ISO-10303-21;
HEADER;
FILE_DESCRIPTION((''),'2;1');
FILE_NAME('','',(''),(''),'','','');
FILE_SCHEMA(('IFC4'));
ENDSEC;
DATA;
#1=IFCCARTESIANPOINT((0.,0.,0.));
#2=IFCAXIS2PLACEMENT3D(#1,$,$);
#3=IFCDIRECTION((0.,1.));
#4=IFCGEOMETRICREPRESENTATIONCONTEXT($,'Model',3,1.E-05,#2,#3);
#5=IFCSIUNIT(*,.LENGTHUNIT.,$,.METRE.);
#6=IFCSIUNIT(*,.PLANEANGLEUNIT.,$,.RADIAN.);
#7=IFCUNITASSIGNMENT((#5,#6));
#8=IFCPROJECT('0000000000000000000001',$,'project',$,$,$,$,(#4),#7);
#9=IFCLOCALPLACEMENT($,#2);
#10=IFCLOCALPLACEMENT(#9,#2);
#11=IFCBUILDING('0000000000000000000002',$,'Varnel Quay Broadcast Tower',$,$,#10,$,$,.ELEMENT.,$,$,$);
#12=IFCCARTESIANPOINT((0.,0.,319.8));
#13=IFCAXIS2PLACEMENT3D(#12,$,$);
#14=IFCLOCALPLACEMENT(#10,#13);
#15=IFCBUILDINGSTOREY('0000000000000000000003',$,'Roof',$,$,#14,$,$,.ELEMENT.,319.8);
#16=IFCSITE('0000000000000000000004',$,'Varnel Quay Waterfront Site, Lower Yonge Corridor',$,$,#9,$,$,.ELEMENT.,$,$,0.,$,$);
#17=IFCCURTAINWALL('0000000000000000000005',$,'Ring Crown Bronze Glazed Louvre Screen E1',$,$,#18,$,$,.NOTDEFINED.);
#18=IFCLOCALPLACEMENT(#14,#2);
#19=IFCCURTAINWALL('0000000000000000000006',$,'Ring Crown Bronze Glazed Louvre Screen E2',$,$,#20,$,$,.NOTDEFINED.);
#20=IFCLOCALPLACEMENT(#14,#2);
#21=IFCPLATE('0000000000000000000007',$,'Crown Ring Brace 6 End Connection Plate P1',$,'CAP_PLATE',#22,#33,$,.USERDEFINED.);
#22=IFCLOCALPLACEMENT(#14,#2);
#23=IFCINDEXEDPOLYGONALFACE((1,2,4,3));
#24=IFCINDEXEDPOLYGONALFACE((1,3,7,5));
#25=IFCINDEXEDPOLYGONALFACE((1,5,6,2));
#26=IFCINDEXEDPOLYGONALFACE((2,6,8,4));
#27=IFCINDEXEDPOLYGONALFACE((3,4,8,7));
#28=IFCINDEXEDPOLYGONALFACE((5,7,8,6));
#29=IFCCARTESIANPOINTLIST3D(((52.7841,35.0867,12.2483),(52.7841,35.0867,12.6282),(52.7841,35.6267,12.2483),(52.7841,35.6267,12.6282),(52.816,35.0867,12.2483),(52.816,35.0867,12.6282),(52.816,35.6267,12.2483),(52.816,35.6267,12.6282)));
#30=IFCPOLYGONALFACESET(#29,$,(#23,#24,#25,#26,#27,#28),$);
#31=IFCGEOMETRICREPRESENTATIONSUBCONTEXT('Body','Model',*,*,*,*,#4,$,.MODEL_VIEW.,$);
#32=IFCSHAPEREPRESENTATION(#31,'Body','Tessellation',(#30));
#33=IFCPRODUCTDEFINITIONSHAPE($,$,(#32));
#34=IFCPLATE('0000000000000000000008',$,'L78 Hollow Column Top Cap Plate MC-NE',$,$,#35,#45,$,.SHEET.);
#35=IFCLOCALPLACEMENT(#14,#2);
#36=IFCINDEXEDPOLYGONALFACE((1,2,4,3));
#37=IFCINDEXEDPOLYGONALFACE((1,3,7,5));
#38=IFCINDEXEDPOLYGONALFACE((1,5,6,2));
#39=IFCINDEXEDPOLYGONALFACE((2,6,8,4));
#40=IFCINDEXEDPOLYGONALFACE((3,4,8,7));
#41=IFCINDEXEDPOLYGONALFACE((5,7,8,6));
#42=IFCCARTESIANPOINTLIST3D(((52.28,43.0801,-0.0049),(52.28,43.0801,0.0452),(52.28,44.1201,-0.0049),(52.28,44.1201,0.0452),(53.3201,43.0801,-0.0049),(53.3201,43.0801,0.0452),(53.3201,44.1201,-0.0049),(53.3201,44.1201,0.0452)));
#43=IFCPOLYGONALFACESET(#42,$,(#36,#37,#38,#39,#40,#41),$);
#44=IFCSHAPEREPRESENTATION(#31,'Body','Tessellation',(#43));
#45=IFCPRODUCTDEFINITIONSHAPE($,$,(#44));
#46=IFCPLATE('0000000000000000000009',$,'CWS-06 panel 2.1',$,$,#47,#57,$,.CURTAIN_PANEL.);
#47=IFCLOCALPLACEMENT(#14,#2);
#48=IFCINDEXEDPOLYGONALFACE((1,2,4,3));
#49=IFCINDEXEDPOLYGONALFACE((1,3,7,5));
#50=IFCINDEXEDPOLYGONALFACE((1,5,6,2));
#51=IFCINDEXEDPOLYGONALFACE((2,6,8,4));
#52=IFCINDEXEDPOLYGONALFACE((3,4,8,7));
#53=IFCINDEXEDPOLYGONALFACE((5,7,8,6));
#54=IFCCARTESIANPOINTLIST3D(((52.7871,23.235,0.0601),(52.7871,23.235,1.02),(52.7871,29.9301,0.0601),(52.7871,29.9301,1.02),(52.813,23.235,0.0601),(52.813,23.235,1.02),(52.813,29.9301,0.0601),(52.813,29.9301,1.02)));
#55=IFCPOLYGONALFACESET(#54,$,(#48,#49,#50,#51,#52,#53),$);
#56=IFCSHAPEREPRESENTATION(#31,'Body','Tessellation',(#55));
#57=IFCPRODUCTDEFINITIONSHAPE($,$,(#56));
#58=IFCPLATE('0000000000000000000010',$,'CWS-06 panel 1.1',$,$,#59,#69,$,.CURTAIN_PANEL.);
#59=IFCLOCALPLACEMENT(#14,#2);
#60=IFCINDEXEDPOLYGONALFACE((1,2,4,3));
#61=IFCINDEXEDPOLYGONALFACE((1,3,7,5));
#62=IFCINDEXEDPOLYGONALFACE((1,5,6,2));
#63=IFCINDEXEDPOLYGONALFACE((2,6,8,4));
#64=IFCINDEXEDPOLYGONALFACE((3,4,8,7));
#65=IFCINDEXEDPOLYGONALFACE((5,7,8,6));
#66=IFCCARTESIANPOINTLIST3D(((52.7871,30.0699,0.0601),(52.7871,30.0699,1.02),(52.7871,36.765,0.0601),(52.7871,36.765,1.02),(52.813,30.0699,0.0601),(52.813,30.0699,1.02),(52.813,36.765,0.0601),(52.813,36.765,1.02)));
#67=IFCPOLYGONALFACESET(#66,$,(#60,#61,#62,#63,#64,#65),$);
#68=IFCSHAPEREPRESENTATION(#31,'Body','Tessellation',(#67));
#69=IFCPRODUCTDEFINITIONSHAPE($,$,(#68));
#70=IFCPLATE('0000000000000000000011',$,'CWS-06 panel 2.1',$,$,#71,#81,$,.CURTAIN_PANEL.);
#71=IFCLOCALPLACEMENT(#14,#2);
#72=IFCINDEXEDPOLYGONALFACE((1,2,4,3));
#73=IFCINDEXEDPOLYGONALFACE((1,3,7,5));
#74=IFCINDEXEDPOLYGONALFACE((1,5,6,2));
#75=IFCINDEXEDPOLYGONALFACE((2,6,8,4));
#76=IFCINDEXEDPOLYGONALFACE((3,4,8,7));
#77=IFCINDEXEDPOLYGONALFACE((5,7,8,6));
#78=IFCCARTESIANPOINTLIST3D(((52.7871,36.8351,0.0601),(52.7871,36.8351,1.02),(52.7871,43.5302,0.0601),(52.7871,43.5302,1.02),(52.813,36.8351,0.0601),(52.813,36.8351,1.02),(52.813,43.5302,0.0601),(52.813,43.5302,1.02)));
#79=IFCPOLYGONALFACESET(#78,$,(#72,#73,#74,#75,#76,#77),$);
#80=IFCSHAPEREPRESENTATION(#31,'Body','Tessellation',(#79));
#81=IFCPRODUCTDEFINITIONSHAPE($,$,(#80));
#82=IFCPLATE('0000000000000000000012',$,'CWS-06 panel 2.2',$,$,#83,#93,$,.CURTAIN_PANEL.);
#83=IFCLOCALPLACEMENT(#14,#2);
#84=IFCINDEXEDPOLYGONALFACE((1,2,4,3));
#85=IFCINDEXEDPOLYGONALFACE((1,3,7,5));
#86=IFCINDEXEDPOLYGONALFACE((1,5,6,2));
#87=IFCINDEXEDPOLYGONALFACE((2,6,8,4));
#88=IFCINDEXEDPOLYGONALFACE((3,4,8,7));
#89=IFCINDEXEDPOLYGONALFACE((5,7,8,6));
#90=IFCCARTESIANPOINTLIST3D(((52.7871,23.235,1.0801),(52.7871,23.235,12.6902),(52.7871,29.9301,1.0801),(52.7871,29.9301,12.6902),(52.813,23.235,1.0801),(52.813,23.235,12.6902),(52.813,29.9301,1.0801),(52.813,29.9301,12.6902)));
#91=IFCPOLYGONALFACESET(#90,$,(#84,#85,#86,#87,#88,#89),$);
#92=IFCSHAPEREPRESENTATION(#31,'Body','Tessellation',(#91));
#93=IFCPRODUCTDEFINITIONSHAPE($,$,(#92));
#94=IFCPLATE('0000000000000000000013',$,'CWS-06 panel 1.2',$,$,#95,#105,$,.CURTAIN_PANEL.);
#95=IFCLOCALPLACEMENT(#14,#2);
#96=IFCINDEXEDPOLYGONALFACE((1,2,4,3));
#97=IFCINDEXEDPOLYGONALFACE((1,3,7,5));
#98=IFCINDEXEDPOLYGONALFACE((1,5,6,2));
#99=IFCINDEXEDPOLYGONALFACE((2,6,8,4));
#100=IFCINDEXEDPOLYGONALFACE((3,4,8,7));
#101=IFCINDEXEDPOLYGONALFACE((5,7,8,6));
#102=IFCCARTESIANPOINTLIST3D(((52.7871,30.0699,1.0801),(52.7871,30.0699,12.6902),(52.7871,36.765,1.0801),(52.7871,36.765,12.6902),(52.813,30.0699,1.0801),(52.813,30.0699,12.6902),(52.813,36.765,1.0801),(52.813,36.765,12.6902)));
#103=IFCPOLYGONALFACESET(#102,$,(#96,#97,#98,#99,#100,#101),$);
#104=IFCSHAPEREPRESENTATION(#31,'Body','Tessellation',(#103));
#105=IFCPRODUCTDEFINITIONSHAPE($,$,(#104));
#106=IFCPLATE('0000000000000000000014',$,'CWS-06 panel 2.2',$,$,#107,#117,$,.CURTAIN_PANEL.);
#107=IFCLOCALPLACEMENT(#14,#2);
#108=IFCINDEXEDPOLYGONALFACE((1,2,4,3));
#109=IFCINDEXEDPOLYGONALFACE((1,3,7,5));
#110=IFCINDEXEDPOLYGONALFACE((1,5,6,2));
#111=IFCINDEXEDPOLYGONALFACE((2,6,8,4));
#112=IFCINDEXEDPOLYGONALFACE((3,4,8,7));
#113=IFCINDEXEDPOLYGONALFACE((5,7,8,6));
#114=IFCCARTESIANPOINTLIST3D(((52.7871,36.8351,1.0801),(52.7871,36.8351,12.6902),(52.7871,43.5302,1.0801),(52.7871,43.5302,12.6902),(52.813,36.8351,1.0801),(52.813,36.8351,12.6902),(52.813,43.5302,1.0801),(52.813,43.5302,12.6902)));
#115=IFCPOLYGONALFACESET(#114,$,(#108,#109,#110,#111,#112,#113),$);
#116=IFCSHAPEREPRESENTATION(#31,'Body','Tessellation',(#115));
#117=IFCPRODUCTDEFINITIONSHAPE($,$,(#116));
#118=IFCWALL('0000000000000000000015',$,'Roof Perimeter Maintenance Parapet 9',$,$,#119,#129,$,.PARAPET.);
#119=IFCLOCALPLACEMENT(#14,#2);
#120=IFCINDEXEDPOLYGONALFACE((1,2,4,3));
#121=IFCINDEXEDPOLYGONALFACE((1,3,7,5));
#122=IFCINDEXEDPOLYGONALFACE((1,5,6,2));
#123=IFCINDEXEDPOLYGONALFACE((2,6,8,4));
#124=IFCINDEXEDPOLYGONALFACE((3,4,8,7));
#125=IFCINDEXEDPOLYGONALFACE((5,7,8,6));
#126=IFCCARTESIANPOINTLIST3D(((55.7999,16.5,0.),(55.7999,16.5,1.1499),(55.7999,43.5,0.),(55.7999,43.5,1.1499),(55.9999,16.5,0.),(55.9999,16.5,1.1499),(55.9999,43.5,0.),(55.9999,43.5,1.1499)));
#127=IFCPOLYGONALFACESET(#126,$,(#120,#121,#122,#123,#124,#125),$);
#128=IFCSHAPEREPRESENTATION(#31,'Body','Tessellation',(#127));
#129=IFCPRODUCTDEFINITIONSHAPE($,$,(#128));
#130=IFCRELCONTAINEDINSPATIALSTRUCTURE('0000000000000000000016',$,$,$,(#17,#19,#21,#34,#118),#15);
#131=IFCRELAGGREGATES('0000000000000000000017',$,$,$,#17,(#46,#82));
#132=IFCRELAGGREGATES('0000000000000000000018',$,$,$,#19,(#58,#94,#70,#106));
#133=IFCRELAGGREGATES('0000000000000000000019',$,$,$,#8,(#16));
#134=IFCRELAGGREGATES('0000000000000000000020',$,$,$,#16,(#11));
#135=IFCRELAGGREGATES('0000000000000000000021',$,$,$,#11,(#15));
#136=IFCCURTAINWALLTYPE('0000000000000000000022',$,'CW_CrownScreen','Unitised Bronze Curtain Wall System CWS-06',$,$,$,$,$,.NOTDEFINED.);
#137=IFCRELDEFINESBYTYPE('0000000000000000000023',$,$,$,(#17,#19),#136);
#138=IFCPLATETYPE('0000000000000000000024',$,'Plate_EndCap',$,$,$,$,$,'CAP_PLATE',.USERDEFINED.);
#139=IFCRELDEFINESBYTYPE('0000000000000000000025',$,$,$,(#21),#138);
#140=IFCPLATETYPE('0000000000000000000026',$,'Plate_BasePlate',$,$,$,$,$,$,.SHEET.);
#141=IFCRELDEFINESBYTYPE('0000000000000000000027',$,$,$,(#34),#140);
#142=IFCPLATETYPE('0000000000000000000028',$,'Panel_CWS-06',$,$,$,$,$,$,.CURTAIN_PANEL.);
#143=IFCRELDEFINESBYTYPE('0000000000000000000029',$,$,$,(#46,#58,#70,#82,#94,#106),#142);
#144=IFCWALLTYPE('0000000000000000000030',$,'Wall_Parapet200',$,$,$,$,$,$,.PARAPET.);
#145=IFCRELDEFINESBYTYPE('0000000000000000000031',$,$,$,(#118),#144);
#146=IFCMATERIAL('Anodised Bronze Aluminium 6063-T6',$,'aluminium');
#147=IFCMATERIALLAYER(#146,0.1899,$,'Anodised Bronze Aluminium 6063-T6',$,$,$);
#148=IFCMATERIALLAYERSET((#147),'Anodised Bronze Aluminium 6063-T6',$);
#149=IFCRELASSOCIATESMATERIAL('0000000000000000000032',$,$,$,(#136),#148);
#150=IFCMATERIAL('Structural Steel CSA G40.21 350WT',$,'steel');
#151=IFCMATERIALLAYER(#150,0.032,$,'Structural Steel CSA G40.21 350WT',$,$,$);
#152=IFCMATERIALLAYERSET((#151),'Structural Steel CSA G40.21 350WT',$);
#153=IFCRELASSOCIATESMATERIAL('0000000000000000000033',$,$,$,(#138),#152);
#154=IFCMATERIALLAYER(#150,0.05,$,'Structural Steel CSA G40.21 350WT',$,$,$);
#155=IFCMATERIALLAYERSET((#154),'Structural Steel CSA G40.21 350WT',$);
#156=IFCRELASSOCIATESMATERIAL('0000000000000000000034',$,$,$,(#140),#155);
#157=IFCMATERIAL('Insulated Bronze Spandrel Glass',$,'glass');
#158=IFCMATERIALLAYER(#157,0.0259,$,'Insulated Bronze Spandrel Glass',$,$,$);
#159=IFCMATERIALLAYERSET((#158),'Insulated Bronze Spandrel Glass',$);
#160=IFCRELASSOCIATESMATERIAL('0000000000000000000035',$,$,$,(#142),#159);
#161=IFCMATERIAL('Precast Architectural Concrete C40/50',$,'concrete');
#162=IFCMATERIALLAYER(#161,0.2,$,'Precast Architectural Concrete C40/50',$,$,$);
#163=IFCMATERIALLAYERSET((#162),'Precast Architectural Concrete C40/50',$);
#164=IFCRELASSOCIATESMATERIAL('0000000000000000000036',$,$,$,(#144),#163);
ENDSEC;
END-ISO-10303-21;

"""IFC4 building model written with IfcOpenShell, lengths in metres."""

from ifc_helpers import new_model, si_unit, direction, frame, frame_2d, origin, origin_2d, place, context, subcontext, project, spatial, rectangle, extrude, source, transform, mapped, material, layer, layer_set, type_object, type_shapes, element, aggregate, save


model = new_model("IFC4")

# Units and contexts
model_context = context("Model", 3, precision=1e-05, world=origin(), true_north=direction((0.0, 1.0)))
body_context = subcontext(model_context, "Body", "Model", "MODEL_VIEW")
ifc_project = project(units=[si_unit("LENGTHUNIT", "METRE"), si_unit("PLANEANGLEUNIT", "RADIAN")], contexts=[model_context])

# Site, building, storey
site_placement = place(None, origin())
site = spatial("IfcSite", under=ifc_project, at=site_placement, Name="Varnel Quay Waterfront Site, Lower Yonge Corridor", CompositionType="ELEMENT", RefElevation=0.0)
building_placement = place(site_placement, origin())
building = spatial("IfcBuilding", under=site, at=building_placement, Name="Varnel Quay Broadcast Tower", CompositionType="ELEMENT")
storey_placement = place(building_placement, frame((0.0, 0.0, 319.8)))
storey = spatial("IfcBuildingStorey", under=building, at=storey_placement, Name="Roof", CompositionType="ELEMENT", Elevation=319.8)

# Shared definitions
ifc_material_1 = material(Name="Structural Steel CSA G40.21 350WT", Category="steel")

# Curtain wall
ifc_material_2 = material(Name="Anodised Bronze Aluminium 6063-T6", Category="aluminium")
ifc_layer_1 = layer(ifc_material_2, 0.1899, Name="Anodised Bronze Aluminium 6063-T6")
ifc_layer_set_1 = layer_set([ifc_layer_1], Name="Anodised Bronze Aluminium 6063-T6")
curtain_wall_type = type_object("IfcCurtainWallType", Name="CW_CrownScreen", Description="Unitised Bronze Curtain Wall System CWS-06", PredefinedType="NOTDEFINED", material=ifc_layer_set_1)
curtain_wall_1_placement = place(storey_placement, origin())
curtain_wall_1 = element("IfcCurtainWall", 1, at=curtain_wall_1_placement, inside=storey, type_object=curtain_wall_type, Name="Ring Crown Bronze Glazed Louvre Screen E1", PredefinedType="NOTDEFINED")

# Curtain wall
curtain_wall_2_placement = place(storey_placement, origin())
curtain_wall_2 = element("IfcCurtainWall", 2, at=curtain_wall_2_placement, inside=storey, type_object=curtain_wall_type, Name="Ring Crown Bronze Glazed Louvre Screen E2", PredefinedType="NOTDEFINED")

# Plates
ifc_layer_2 = layer(ifc_material_1, 0.032, Name="Structural Steel CSA G40.21 350WT")
ifc_layer_set_2 = layer_set([ifc_layer_2], Name="Structural Steel CSA G40.21 350WT")
plate_type_1 = type_object("IfcPlateType", Name="Plate_EndCap", ElementType="CAP_PLATE", PredefinedType="USERDEFINED", material=ifc_layer_set_2)
shared_shape_1 = source(origin(), body_context, "Body", "SweptSolid", [
    extrude(rectangle(XDim=0.54, YDim=0.032, at=origin_2d()), origin(), (0.0, 0.0, 1.0), 0.3799),
])
type_shapes(plate_type_1, [shared_shape_1])
for number, where, z_axis, x_axis, name in (
    (3, (52.8, 35.3567, 12.2483), (0.0, 0.0, 1.0), (0.0, 1.0, 0.0), "Crown Ring Brace 6 End Connection Plate P1"),
):
    element("IfcPlate", number, at=place(storey_placement, frame(where, z_axis=z_axis, x_axis=x_axis)), inside=storey, type_object=plate_type_1, Name=name, ObjectType="CAP_PLATE", PredefinedType="USERDEFINED", context=body_context, shape_type="MappedRepresentation", body=[
        mapped(shared_shape_1, transform((0.0, 0.0, 0.0), x_axis=(1.0, 0.0, 0.0), y_axis=(0.0, 1.0, 0.0), z_axis=(0.0, 0.0, 1.0), scale=1.0)),
    ])
ifc_layer_3 = layer(ifc_material_1, 0.05, Name="Structural Steel CSA G40.21 350WT")
ifc_layer_set_3 = layer_set([ifc_layer_3], Name="Structural Steel CSA G40.21 350WT")
plate_type_2 = type_object("IfcPlateType", Name="Plate_BasePlate", PredefinedType="SHEET", material=ifc_layer_set_3)
shared_shape_2 = source(origin(), body_context, "Body", "SweptSolid", [
    extrude(rectangle(XDim=1.04, YDim=1.04, at=origin_2d()), origin(), (0.0, 0.0, 1.0), 0.05),
])
type_shapes(plate_type_2, [shared_shape_2])
plate_1_placement = place(storey_placement, frame((52.8, 43.6001, -0.0049), z_axis=(0.0, 0.0, 1.0), x_axis=(1.0, 0.0, 0.0)))
element("IfcPlate", 4, at=plate_1_placement, inside=storey, type_object=plate_type_2, Name="L78 Hollow Column Top Cap Plate MC-NE", PredefinedType="SHEET", context=body_context, shape_type="MappedRepresentation", body=[
    mapped(shared_shape_2, transform((0.0, 0.0, 0.0), x_axis=(1.0, 0.0, 0.0), y_axis=(0.0, 1.0, 0.0), z_axis=(0.0, 0.0, 1.0), scale=1.0)),
])

# Plates
ifc_material_3 = material(Name="Insulated Bronze Spandrel Glass", Category="glass")
ifc_layer_4 = layer(ifc_material_3, 0.0259, Name="Insulated Bronze Spandrel Glass")
ifc_layer_set_4 = layer_set([ifc_layer_4], Name="Insulated Bronze Spandrel Glass")
plate_type_3 = type_object("IfcPlateType", Name="Panel_CWS-06", PredefinedType="CURTAIN_PANEL", material=ifc_layer_set_4)
shared_shape_3 = source(origin(), body_context, "Body", "SweptSolid", [
    extrude(rectangle(XDim=6.6951, YDim=0.0259, at=origin_2d()), origin(), (0.0, 0.0, 1.0), 0.96),
])
plate_2_placement = place(storey_placement, frame((52.8, 26.5825, 0.0601), z_axis=(0.0, 0.0, 1.0), x_axis=(0.0, 1.0, 0.0)))
plate_2 = element("IfcPlate", 5, at=plate_2_placement, type_object=plate_type_3, Name="CWS-06 panel 2.1", PredefinedType="CURTAIN_PANEL", context=body_context, shape_type="MappedRepresentation", body=[
    mapped(shared_shape_3, transform((0.0, 0.0, 0.0), x_axis=(1.0, 0.0, 0.0), y_axis=(0.0, 1.0, 0.0), z_axis=(0.0, 0.0, 1.0), scale=1.0)),
])
plate_3_placement = place(storey_placement, frame((52.8, 33.4175, 0.0601), z_axis=(0.0, 0.0, 1.0), x_axis=(0.0, 1.0, 0.0)))
plate_3 = element("IfcPlate", 6, at=plate_3_placement, type_object=plate_type_3, Name="CWS-06 panel 1.1", PredefinedType="CURTAIN_PANEL", context=body_context, shape_type="MappedRepresentation", body=[
    mapped(shared_shape_3, transform((0.0, 0.0, 0.0), x_axis=(1.0, 0.0, 0.0), y_axis=(0.0, 1.0, 0.0), z_axis=(0.0, 0.0, 1.0), scale=1.0)),
])
plate_4_placement = place(storey_placement, frame((52.8, 40.1826, 0.0601), z_axis=(0.0, 0.0, 1.0), x_axis=(0.0, 1.0, 0.0)))
plate_4 = element("IfcPlate", 7, at=plate_4_placement, type_object=plate_type_3, Name="CWS-06 panel 2.1", PredefinedType="CURTAIN_PANEL", context=body_context, shape_type="MappedRepresentation", body=[
    mapped(shared_shape_3, transform((0.0, 0.0, 0.0), x_axis=(1.0, 0.0, 0.0), y_axis=(0.0, 1.0, 0.0), z_axis=(0.0, 0.0, 1.0), scale=1.0)),
])
shared_shape_4 = source(origin(), body_context, "Body", "SweptSolid", [
    extrude(rectangle(XDim=6.6951, YDim=0.0259, at=origin_2d()), origin(), (0.0, 0.0, 1.0), 11.6101),
])
type_shapes(plate_type_3, [shared_shape_3, shared_shape_4])
plate_5_placement = place(storey_placement, frame((52.8, 26.5825, 1.0801), z_axis=(0.0, 0.0, 1.0), x_axis=(0.0, 1.0, 0.0)))
plate_5 = element("IfcPlate", 8, at=plate_5_placement, type_object=plate_type_3, Name="CWS-06 panel 2.2", PredefinedType="CURTAIN_PANEL", context=body_context, shape_type="MappedRepresentation", body=[
    mapped(shared_shape_4, transform((0.0, 0.0, 0.0), x_axis=(1.0, 0.0, 0.0), y_axis=(0.0, 1.0, 0.0), z_axis=(0.0, 0.0, 1.0), scale=1.0)),
])
aggregate(curtain_wall_1, [plate_2, plate_5])
plate_6_placement = place(storey_placement, frame((52.8, 33.4175, 1.0801), z_axis=(0.0, 0.0, 1.0), x_axis=(0.0, 1.0, 0.0)))
plate_6 = element("IfcPlate", 9, at=plate_6_placement, type_object=plate_type_3, Name="CWS-06 panel 1.2", PredefinedType="CURTAIN_PANEL", context=body_context, shape_type="MappedRepresentation", body=[
    mapped(shared_shape_4, transform((0.0, 0.0, 0.0), x_axis=(1.0, 0.0, 0.0), y_axis=(0.0, 1.0, 0.0), z_axis=(0.0, 0.0, 1.0), scale=1.0)),
])
plate_7_placement = place(storey_placement, frame((52.8, 40.1826, 1.0801), z_axis=(0.0, 0.0, 1.0), x_axis=(0.0, 1.0, 0.0)))
plate_7 = element("IfcPlate", 10, at=plate_7_placement, type_object=plate_type_3, Name="CWS-06 panel 2.2", PredefinedType="CURTAIN_PANEL", context=body_context, shape_type="MappedRepresentation", body=[
    mapped(shared_shape_4, transform((0.0, 0.0, 0.0), x_axis=(1.0, 0.0, 0.0), y_axis=(0.0, 1.0, 0.0), z_axis=(0.0, 0.0, 1.0), scale=1.0)),
])
aggregate(curtain_wall_2, [plate_3, plate_6, plate_4, plate_7])

# Wall
ifc_material_4 = material(Name="Precast Architectural Concrete C40/50", Category="concrete")
ifc_layer_5 = layer(ifc_material_4, 0.2, Name="Precast Architectural Concrete C40/50")
ifc_layer_set_5 = layer_set([ifc_layer_5], Name="Precast Architectural Concrete C40/50")
wall_type = type_object("IfcWallType", Name="Wall_Parapet200", PredefinedType="PARAPET", material=ifc_layer_set_5)
wall_placement = place(storey_placement, frame((55.8999, 43.5, 0.0), z_axis=(0.0, 0.0, 1.0), x_axis=(0.0, -1.0, 0.0)))
element("IfcWall", 11, at=wall_placement, inside=storey, type_object=wall_type, Name="Roof Perimeter Maintenance Parapet 9", PredefinedType="PARAPET", context=body_context, shape_type="SweptSolid", body=[
    extrude(rectangle(XDim=27.0, YDim=0.2, at=frame_2d((13.5, 0.0))), origin(), (0.0, 0.0, 1.0), 1.1499),
])

save(model, "model.ifc")
